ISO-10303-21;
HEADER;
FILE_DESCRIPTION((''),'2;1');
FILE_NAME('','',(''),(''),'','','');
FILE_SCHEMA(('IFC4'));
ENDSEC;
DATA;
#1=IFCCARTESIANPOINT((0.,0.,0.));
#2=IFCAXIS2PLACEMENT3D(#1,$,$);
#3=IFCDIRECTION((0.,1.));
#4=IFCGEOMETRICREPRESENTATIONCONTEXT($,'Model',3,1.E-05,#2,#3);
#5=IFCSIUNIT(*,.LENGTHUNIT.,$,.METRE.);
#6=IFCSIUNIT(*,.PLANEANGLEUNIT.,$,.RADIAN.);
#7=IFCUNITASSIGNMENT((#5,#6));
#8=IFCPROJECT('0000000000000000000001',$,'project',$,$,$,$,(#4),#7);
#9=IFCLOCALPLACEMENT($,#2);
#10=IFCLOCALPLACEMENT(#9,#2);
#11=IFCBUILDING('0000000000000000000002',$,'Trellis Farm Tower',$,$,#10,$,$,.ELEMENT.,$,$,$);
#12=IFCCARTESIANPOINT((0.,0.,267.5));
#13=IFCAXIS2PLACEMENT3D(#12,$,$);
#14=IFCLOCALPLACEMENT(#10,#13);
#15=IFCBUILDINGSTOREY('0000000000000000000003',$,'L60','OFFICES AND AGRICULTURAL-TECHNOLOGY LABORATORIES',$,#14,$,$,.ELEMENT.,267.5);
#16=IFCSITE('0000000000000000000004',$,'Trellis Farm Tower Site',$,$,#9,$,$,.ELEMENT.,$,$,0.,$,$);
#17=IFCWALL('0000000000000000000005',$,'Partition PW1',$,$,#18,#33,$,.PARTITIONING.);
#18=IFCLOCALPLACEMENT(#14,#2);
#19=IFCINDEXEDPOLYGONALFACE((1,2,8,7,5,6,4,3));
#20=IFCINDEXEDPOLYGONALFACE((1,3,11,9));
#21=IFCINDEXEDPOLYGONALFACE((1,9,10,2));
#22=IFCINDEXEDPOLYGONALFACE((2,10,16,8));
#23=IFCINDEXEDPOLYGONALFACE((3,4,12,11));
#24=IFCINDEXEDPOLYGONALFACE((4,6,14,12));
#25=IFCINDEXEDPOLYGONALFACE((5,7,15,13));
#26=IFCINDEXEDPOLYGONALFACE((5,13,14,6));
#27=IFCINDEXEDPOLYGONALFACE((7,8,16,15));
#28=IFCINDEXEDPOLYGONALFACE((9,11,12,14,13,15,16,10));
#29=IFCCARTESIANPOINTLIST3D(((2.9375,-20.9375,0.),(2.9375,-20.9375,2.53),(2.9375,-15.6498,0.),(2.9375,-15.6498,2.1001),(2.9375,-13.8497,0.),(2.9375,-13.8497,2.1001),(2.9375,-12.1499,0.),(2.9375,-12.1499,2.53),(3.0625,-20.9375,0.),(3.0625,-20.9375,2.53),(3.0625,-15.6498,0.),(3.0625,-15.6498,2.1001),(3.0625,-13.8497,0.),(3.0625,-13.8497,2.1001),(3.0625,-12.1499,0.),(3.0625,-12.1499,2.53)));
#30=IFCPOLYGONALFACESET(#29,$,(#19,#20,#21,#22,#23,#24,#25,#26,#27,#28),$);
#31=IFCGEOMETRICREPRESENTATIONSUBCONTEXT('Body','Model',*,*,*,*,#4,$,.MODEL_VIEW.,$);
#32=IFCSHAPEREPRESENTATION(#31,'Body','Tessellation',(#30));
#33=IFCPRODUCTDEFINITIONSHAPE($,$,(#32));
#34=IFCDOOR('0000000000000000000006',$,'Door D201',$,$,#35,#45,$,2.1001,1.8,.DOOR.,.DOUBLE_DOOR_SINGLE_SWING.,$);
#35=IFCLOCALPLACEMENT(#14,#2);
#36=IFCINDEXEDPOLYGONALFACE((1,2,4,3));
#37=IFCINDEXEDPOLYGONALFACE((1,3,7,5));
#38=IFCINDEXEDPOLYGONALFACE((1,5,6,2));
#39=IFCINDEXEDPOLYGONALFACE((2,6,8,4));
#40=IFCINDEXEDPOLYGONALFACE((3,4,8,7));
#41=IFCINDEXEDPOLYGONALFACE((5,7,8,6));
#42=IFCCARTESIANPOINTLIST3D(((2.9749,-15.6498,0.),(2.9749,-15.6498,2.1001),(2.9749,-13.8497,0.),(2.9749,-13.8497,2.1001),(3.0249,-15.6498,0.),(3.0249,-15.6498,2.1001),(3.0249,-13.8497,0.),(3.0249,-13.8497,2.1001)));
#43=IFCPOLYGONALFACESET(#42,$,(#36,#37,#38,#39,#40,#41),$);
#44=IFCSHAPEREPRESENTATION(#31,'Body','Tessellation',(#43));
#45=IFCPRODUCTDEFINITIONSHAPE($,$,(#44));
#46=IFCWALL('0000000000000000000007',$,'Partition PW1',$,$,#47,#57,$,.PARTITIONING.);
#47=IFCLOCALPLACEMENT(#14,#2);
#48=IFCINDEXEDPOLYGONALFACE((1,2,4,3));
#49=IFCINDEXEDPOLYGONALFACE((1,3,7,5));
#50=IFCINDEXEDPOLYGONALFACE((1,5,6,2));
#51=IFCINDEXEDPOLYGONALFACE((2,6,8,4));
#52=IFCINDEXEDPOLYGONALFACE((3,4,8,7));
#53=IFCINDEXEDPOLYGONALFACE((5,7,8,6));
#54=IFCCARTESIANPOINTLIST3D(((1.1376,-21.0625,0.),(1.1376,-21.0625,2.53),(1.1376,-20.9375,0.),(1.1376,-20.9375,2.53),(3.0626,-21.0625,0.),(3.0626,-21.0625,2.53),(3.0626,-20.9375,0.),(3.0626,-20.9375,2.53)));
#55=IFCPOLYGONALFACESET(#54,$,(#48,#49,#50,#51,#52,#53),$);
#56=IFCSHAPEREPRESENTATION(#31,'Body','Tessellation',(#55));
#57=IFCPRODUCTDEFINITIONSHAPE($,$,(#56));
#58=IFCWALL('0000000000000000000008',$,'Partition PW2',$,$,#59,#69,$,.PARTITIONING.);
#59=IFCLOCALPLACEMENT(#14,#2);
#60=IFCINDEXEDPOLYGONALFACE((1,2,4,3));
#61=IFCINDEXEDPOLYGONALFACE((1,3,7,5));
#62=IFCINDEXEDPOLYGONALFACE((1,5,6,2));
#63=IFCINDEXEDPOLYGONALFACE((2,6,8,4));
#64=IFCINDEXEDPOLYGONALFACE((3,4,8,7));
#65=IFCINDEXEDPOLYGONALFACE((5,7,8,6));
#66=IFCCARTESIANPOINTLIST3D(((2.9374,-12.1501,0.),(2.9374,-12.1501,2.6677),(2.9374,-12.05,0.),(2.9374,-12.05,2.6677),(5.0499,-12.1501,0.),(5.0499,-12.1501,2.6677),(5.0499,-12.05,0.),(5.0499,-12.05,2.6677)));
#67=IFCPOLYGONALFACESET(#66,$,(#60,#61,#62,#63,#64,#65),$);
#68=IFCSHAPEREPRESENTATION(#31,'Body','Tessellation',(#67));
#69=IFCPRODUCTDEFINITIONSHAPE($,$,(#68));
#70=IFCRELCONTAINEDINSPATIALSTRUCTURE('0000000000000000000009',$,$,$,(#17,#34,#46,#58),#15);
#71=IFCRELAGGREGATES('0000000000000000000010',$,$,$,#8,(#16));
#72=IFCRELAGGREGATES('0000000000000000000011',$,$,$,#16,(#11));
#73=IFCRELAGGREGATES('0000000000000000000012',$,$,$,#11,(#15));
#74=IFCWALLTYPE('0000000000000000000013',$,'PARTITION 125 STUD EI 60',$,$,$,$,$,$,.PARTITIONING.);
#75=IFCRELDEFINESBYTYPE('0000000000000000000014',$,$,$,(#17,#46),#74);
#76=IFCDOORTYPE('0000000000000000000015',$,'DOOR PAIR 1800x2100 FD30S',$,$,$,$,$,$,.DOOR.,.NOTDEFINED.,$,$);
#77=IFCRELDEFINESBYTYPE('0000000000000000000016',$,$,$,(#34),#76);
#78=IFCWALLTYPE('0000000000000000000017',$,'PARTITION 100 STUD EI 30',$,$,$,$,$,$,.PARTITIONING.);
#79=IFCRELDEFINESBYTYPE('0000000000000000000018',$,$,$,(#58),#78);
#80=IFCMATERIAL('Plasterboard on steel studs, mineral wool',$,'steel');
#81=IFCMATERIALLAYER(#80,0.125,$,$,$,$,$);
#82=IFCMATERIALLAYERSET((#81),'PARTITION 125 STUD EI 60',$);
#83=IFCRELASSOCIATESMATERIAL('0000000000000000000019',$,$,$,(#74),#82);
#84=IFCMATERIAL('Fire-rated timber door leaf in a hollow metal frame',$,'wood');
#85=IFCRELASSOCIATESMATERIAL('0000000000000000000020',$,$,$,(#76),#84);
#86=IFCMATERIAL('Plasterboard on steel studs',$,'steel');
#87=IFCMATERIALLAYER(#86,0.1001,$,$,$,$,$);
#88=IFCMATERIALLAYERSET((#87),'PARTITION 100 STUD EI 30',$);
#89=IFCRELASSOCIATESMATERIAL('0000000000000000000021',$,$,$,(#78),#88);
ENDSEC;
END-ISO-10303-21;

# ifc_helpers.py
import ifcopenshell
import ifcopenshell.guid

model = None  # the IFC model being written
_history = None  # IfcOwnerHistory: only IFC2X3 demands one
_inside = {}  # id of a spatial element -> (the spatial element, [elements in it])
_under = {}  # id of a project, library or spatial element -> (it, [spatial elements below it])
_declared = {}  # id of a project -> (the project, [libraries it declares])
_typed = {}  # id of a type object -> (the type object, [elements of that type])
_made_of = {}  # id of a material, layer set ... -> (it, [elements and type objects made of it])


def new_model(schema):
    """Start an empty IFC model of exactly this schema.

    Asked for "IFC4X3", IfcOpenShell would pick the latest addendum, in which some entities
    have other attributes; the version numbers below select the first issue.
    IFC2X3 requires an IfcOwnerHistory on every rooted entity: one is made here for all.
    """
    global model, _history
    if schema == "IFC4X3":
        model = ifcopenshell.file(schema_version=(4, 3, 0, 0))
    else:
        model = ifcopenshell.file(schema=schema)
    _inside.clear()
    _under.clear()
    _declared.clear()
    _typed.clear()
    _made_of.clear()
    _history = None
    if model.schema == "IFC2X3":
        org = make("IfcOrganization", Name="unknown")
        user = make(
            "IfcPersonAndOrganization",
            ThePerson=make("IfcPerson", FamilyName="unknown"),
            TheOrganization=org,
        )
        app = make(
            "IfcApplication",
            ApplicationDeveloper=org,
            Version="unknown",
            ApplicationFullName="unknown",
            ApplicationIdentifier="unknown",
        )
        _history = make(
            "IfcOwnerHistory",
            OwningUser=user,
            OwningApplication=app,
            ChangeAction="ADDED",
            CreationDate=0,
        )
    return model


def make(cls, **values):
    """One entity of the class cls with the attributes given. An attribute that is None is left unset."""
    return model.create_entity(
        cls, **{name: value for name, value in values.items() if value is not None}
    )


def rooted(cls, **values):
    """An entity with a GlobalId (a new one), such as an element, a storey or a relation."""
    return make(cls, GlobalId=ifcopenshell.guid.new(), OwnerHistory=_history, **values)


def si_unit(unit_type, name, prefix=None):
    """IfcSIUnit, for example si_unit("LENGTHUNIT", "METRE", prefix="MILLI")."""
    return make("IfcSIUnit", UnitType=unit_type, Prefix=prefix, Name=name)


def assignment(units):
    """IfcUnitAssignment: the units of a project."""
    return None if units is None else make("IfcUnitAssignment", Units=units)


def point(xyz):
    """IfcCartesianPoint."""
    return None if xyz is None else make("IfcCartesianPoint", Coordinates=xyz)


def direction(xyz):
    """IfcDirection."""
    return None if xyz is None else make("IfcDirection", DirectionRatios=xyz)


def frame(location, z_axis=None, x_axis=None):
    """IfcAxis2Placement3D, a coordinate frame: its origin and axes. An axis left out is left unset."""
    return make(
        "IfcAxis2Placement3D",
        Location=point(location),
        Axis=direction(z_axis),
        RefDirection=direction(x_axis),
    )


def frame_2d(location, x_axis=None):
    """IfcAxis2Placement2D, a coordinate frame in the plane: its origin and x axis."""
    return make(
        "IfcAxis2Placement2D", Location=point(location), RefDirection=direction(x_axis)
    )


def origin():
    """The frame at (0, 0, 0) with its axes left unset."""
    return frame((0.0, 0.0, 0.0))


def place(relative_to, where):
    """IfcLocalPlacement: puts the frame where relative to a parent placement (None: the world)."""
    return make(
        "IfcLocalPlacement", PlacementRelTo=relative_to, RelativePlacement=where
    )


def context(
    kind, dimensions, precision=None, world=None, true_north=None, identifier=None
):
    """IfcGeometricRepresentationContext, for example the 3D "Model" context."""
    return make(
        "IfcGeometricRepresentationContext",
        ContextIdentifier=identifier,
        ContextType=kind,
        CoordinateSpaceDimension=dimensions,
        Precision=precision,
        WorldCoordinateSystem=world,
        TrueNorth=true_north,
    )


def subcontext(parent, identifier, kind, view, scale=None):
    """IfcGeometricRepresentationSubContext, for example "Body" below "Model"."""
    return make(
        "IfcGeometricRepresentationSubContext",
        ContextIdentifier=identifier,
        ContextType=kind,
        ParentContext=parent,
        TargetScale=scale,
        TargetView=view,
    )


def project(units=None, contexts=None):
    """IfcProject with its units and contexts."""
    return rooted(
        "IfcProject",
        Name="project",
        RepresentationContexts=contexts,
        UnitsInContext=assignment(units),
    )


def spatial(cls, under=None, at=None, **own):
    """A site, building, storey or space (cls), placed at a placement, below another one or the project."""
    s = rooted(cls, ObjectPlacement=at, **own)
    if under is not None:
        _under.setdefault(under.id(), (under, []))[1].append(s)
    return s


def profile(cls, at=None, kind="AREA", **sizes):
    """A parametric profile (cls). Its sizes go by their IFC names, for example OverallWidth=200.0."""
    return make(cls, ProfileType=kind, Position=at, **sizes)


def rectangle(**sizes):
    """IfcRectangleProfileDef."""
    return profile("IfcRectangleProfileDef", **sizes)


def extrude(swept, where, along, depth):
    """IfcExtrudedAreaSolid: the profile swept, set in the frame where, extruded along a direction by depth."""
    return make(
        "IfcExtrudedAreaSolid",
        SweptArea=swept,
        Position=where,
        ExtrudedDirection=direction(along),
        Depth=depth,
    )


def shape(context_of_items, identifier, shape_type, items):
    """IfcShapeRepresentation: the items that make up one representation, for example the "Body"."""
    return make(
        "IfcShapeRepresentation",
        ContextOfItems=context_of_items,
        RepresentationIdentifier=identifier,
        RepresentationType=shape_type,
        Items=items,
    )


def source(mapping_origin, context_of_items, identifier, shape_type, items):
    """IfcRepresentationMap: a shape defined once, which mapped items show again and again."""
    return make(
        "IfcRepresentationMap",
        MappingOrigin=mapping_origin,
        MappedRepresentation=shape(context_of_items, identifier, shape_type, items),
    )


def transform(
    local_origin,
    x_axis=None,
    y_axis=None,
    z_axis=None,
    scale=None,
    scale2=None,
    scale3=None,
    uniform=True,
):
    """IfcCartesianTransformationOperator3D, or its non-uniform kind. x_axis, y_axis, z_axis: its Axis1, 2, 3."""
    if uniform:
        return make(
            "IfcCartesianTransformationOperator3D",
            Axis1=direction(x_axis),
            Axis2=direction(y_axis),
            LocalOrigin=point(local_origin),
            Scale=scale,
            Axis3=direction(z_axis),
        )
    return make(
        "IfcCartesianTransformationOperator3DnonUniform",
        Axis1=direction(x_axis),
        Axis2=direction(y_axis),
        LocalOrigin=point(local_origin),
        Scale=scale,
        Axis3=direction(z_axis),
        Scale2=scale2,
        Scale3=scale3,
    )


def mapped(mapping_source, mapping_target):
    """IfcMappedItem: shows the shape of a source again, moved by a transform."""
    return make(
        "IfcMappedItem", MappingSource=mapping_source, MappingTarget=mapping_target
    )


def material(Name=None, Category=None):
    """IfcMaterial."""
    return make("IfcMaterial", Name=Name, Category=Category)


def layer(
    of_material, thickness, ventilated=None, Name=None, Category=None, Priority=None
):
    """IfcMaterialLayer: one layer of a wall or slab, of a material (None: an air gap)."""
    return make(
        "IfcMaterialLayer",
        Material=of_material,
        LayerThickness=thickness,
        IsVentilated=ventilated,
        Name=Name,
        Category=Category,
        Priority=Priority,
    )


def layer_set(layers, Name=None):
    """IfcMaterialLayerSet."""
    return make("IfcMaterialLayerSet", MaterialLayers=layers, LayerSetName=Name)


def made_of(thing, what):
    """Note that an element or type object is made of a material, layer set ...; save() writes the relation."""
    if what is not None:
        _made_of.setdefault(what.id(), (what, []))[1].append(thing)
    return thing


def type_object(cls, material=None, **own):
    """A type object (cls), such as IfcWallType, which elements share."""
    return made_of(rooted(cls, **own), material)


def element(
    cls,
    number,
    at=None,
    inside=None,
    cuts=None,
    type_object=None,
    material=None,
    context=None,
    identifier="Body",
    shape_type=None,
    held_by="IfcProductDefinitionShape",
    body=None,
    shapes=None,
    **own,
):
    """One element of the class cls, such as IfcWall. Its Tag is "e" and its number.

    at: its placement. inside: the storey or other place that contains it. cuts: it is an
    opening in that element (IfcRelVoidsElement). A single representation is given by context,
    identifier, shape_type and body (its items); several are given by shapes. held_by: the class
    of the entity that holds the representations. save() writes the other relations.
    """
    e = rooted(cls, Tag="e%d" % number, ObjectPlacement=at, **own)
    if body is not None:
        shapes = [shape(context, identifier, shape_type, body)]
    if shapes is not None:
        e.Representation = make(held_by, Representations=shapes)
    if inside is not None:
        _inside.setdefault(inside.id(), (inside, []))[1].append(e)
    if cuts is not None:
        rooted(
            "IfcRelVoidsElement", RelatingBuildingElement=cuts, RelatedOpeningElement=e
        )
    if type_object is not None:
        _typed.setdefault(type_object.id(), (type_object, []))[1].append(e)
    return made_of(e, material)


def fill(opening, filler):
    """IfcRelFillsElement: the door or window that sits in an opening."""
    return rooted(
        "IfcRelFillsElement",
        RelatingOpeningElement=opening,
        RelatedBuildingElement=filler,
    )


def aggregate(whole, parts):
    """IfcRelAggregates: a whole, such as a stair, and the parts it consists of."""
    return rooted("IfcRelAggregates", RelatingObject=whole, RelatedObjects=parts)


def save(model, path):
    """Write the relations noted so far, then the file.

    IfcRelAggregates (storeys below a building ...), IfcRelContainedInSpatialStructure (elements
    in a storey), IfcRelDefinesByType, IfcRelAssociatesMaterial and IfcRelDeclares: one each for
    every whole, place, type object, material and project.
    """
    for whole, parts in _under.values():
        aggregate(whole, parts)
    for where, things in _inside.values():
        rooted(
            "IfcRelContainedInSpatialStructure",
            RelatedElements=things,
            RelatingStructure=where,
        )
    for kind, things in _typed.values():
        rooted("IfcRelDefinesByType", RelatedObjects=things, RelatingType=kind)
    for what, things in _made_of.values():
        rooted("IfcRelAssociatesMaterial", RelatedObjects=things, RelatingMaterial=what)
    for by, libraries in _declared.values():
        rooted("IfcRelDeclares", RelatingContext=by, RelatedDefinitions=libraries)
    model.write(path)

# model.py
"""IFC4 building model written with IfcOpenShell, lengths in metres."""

from ifc_helpers import new_model, si_unit, direction, frame, frame_2d, origin, place, context, subcontext, project, spatial, rectangle, extrude, source, transform, mapped, material, layer, layer_set, type_object, element, fill, save


model = new_model("IFC4")

# Units and contexts
model_context = context("Model", 3, precision=1e-05, world=origin(), true_north=direction((0.0, 1.0)))
body_context = subcontext(model_context, "Body", "Model", "MODEL_VIEW")
ifc_project = project(units=[si_unit("LENGTHUNIT", "METRE"), si_unit("PLANEANGLEUNIT", "RADIAN")], contexts=[model_context])

# Site, building, storey
site_placement = place(None, origin())
site = spatial("IfcSite", under=ifc_project, at=site_placement, Name="Trellis Farm Tower Site", CompositionType="ELEMENT", RefElevation=0.0)
building_placement = place(site_placement, origin())
building = spatial("IfcBuilding", under=site, at=building_placement, Name="Trellis Farm Tower", CompositionType="ELEMENT")
storey_placement = place(building_placement, frame((0.0, 0.0, 267.5)))
storey = spatial("IfcBuildingStorey", under=building, at=storey_placement, Name="L60", Description="OFFICES AND AGRICULTURAL-TECHNOLOGY LABORATORIES", CompositionType="ELEMENT", Elevation=267.5)

# Wall, opening, door
ifc_material_1 = material(Name="Plasterboard on steel studs, mineral wool", Category="steel")
ifc_layer_1 = layer(ifc_material_1, 0.125)
ifc_layer_set_1 = layer_set([ifc_layer_1], Name="PARTITION 125 STUD EI 60")
wall_type_1 = type_object("IfcWallType", Name="PARTITION 125 STUD EI 60", PredefinedType="PARTITIONING", material=ifc_layer_set_1)
ifc_material_2 = material(Name="Fire-rated timber door leaf in a hollow metal frame", Category="wood")
shared_shape_1 = source(origin(), body_context, "Body", "SweptSolid", [
    extrude(rectangle(XDim=8.7876, YDim=0.125, at=frame_2d((4.3938, 0.0))), origin(), (0.0, 0.0, 1.0), 2.53),
])
wall_1_placement = place(storey_placement, frame((3.0, -12.1499, 0.0), z_axis=(0.0, 0.0, 1.0), x_axis=(0.0, -1.0, 0.0)))
wall_1 = element("IfcWall", 1, at=wall_1_placement, inside=storey, type_object=wall_type_1, Name="Partition PW1", PredefinedType="PARTITIONING", context=body_context, shape_type="MappedRepresentation", body=[
    mapped(shared_shape_1, transform((0.0, 0.0, 0.0))),
])
shared_shape_2 = source(origin(), body_context, "Body", "SweptSolid", [
    extrude(rectangle(XDim=1.8, YDim=2.1001, at=frame_2d((0.8999, 1.05))), frame((0.0, 0.0725, 0.0), z_axis=(0.0, -1.0, 0.0), x_axis=(1.0, 0.0, 0.0)), (0.0, 0.0, 1.0), 0.145),
])
opening_1_placement = place(wall_1_placement, frame((1.7, 0.0, 0.0)))
opening_1 = element("IfcOpeningElement", 2, at=opening_1_placement, cuts=wall_1, PredefinedType="OPENING", context=body_context, shape_type="MappedRepresentation", body=[
    mapped(shared_shape_2, transform((0.0, 0.0, 0.0))),
])
door_type_1 = type_object("IfcDoorType", Name="DOOR PAIR 1800x2100 FD30S", OperationType="NOTDEFINED", PredefinedType="DOOR", material=ifc_material_2)
shared_shape_3 = source(origin(), body_context, "Body", "SweptSolid", [
    extrude(rectangle(XDim=1.8, YDim=2.1001, at=frame_2d((0.8999, 1.05))), frame((0.0, 0.0249, 0.0), z_axis=(0.0, -1.0, 0.0), x_axis=(1.0, 0.0, 0.0)), (0.0, 0.0, 1.0), 0.05),
])
door_1_placement = place(opening_1_placement, origin())
door_1 = element("IfcDoor", 3, at=door_1_placement, inside=storey, type_object=door_type_1, Name="Door D201", OperationType="DOUBLE_DOOR_SINGLE_SWING", OverallHeight=2.1001, OverallWidth=1.8, PredefinedType="DOOR", context=body_context, shape_type="MappedRepresentation", body=[
    mapped(shared_shape_3, transform((0.0, 0.0, 0.0))),
])
fill(opening_1, door_1)

# Walls
shared_shape_4 = source(origin(), body_context, "Body", "SweptSolid", [
    extrude(rectangle(XDim=1.925, YDim=0.125, at=frame_2d((0.9624, 0.0))), origin(), (0.0, 0.0, 1.0), 2.53),
])
wall_2_placement = place(storey_placement, frame((3.0625, -21.0, 0.0), z_axis=(0.0, 0.0, 1.0), x_axis=(-1.0, 0.0, 0.0)))
element("IfcWall", 4, at=wall_2_placement, inside=storey, type_object=wall_type_1, Name="Partition PW1", PredefinedType="PARTITIONING", context=body_context, shape_type="MappedRepresentation", body=[
    mapped(shared_shape_4, transform((0.0, 0.0, 0.0))),
])
ifc_material_3 = material(Name="Plasterboard on steel studs", Category="steel")
ifc_layer_2 = layer(ifc_material_3, 0.1001)
ifc_layer_set_2 = layer_set([ifc_layer_2], Name="PARTITION 100 STUD EI 30")
wall_type_2 = type_object("IfcWallType", Name="PARTITION 100 STUD EI 30", PredefinedType="PARTITIONING", material=ifc_layer_set_2)
shared_shape_5 = source(origin(), body_context, "Body", "SweptSolid", [
    extrude(rectangle(XDim=2.1125, YDim=0.1001, at=frame_2d((1.0562, 0.0))), origin(), (0.0, 0.0, 1.0), 2.6677),
])
wall_3_placement = place(storey_placement, frame((2.9375, -12.1001, 0.0), z_axis=(0.0, 0.0, 1.0), x_axis=(1.0, 0.0, 0.0)))
element("IfcWall", 5, at=wall_3_placement, inside=storey, type_object=wall_type_2, Name="Partition PW2", PredefinedType="PARTITIONING", context=body_context, shape_type="MappedRepresentation", body=[
    mapped(shared_shape_5, transform((0.0, 0.0, 0.0))),
])

save(model, "model.ifc")
